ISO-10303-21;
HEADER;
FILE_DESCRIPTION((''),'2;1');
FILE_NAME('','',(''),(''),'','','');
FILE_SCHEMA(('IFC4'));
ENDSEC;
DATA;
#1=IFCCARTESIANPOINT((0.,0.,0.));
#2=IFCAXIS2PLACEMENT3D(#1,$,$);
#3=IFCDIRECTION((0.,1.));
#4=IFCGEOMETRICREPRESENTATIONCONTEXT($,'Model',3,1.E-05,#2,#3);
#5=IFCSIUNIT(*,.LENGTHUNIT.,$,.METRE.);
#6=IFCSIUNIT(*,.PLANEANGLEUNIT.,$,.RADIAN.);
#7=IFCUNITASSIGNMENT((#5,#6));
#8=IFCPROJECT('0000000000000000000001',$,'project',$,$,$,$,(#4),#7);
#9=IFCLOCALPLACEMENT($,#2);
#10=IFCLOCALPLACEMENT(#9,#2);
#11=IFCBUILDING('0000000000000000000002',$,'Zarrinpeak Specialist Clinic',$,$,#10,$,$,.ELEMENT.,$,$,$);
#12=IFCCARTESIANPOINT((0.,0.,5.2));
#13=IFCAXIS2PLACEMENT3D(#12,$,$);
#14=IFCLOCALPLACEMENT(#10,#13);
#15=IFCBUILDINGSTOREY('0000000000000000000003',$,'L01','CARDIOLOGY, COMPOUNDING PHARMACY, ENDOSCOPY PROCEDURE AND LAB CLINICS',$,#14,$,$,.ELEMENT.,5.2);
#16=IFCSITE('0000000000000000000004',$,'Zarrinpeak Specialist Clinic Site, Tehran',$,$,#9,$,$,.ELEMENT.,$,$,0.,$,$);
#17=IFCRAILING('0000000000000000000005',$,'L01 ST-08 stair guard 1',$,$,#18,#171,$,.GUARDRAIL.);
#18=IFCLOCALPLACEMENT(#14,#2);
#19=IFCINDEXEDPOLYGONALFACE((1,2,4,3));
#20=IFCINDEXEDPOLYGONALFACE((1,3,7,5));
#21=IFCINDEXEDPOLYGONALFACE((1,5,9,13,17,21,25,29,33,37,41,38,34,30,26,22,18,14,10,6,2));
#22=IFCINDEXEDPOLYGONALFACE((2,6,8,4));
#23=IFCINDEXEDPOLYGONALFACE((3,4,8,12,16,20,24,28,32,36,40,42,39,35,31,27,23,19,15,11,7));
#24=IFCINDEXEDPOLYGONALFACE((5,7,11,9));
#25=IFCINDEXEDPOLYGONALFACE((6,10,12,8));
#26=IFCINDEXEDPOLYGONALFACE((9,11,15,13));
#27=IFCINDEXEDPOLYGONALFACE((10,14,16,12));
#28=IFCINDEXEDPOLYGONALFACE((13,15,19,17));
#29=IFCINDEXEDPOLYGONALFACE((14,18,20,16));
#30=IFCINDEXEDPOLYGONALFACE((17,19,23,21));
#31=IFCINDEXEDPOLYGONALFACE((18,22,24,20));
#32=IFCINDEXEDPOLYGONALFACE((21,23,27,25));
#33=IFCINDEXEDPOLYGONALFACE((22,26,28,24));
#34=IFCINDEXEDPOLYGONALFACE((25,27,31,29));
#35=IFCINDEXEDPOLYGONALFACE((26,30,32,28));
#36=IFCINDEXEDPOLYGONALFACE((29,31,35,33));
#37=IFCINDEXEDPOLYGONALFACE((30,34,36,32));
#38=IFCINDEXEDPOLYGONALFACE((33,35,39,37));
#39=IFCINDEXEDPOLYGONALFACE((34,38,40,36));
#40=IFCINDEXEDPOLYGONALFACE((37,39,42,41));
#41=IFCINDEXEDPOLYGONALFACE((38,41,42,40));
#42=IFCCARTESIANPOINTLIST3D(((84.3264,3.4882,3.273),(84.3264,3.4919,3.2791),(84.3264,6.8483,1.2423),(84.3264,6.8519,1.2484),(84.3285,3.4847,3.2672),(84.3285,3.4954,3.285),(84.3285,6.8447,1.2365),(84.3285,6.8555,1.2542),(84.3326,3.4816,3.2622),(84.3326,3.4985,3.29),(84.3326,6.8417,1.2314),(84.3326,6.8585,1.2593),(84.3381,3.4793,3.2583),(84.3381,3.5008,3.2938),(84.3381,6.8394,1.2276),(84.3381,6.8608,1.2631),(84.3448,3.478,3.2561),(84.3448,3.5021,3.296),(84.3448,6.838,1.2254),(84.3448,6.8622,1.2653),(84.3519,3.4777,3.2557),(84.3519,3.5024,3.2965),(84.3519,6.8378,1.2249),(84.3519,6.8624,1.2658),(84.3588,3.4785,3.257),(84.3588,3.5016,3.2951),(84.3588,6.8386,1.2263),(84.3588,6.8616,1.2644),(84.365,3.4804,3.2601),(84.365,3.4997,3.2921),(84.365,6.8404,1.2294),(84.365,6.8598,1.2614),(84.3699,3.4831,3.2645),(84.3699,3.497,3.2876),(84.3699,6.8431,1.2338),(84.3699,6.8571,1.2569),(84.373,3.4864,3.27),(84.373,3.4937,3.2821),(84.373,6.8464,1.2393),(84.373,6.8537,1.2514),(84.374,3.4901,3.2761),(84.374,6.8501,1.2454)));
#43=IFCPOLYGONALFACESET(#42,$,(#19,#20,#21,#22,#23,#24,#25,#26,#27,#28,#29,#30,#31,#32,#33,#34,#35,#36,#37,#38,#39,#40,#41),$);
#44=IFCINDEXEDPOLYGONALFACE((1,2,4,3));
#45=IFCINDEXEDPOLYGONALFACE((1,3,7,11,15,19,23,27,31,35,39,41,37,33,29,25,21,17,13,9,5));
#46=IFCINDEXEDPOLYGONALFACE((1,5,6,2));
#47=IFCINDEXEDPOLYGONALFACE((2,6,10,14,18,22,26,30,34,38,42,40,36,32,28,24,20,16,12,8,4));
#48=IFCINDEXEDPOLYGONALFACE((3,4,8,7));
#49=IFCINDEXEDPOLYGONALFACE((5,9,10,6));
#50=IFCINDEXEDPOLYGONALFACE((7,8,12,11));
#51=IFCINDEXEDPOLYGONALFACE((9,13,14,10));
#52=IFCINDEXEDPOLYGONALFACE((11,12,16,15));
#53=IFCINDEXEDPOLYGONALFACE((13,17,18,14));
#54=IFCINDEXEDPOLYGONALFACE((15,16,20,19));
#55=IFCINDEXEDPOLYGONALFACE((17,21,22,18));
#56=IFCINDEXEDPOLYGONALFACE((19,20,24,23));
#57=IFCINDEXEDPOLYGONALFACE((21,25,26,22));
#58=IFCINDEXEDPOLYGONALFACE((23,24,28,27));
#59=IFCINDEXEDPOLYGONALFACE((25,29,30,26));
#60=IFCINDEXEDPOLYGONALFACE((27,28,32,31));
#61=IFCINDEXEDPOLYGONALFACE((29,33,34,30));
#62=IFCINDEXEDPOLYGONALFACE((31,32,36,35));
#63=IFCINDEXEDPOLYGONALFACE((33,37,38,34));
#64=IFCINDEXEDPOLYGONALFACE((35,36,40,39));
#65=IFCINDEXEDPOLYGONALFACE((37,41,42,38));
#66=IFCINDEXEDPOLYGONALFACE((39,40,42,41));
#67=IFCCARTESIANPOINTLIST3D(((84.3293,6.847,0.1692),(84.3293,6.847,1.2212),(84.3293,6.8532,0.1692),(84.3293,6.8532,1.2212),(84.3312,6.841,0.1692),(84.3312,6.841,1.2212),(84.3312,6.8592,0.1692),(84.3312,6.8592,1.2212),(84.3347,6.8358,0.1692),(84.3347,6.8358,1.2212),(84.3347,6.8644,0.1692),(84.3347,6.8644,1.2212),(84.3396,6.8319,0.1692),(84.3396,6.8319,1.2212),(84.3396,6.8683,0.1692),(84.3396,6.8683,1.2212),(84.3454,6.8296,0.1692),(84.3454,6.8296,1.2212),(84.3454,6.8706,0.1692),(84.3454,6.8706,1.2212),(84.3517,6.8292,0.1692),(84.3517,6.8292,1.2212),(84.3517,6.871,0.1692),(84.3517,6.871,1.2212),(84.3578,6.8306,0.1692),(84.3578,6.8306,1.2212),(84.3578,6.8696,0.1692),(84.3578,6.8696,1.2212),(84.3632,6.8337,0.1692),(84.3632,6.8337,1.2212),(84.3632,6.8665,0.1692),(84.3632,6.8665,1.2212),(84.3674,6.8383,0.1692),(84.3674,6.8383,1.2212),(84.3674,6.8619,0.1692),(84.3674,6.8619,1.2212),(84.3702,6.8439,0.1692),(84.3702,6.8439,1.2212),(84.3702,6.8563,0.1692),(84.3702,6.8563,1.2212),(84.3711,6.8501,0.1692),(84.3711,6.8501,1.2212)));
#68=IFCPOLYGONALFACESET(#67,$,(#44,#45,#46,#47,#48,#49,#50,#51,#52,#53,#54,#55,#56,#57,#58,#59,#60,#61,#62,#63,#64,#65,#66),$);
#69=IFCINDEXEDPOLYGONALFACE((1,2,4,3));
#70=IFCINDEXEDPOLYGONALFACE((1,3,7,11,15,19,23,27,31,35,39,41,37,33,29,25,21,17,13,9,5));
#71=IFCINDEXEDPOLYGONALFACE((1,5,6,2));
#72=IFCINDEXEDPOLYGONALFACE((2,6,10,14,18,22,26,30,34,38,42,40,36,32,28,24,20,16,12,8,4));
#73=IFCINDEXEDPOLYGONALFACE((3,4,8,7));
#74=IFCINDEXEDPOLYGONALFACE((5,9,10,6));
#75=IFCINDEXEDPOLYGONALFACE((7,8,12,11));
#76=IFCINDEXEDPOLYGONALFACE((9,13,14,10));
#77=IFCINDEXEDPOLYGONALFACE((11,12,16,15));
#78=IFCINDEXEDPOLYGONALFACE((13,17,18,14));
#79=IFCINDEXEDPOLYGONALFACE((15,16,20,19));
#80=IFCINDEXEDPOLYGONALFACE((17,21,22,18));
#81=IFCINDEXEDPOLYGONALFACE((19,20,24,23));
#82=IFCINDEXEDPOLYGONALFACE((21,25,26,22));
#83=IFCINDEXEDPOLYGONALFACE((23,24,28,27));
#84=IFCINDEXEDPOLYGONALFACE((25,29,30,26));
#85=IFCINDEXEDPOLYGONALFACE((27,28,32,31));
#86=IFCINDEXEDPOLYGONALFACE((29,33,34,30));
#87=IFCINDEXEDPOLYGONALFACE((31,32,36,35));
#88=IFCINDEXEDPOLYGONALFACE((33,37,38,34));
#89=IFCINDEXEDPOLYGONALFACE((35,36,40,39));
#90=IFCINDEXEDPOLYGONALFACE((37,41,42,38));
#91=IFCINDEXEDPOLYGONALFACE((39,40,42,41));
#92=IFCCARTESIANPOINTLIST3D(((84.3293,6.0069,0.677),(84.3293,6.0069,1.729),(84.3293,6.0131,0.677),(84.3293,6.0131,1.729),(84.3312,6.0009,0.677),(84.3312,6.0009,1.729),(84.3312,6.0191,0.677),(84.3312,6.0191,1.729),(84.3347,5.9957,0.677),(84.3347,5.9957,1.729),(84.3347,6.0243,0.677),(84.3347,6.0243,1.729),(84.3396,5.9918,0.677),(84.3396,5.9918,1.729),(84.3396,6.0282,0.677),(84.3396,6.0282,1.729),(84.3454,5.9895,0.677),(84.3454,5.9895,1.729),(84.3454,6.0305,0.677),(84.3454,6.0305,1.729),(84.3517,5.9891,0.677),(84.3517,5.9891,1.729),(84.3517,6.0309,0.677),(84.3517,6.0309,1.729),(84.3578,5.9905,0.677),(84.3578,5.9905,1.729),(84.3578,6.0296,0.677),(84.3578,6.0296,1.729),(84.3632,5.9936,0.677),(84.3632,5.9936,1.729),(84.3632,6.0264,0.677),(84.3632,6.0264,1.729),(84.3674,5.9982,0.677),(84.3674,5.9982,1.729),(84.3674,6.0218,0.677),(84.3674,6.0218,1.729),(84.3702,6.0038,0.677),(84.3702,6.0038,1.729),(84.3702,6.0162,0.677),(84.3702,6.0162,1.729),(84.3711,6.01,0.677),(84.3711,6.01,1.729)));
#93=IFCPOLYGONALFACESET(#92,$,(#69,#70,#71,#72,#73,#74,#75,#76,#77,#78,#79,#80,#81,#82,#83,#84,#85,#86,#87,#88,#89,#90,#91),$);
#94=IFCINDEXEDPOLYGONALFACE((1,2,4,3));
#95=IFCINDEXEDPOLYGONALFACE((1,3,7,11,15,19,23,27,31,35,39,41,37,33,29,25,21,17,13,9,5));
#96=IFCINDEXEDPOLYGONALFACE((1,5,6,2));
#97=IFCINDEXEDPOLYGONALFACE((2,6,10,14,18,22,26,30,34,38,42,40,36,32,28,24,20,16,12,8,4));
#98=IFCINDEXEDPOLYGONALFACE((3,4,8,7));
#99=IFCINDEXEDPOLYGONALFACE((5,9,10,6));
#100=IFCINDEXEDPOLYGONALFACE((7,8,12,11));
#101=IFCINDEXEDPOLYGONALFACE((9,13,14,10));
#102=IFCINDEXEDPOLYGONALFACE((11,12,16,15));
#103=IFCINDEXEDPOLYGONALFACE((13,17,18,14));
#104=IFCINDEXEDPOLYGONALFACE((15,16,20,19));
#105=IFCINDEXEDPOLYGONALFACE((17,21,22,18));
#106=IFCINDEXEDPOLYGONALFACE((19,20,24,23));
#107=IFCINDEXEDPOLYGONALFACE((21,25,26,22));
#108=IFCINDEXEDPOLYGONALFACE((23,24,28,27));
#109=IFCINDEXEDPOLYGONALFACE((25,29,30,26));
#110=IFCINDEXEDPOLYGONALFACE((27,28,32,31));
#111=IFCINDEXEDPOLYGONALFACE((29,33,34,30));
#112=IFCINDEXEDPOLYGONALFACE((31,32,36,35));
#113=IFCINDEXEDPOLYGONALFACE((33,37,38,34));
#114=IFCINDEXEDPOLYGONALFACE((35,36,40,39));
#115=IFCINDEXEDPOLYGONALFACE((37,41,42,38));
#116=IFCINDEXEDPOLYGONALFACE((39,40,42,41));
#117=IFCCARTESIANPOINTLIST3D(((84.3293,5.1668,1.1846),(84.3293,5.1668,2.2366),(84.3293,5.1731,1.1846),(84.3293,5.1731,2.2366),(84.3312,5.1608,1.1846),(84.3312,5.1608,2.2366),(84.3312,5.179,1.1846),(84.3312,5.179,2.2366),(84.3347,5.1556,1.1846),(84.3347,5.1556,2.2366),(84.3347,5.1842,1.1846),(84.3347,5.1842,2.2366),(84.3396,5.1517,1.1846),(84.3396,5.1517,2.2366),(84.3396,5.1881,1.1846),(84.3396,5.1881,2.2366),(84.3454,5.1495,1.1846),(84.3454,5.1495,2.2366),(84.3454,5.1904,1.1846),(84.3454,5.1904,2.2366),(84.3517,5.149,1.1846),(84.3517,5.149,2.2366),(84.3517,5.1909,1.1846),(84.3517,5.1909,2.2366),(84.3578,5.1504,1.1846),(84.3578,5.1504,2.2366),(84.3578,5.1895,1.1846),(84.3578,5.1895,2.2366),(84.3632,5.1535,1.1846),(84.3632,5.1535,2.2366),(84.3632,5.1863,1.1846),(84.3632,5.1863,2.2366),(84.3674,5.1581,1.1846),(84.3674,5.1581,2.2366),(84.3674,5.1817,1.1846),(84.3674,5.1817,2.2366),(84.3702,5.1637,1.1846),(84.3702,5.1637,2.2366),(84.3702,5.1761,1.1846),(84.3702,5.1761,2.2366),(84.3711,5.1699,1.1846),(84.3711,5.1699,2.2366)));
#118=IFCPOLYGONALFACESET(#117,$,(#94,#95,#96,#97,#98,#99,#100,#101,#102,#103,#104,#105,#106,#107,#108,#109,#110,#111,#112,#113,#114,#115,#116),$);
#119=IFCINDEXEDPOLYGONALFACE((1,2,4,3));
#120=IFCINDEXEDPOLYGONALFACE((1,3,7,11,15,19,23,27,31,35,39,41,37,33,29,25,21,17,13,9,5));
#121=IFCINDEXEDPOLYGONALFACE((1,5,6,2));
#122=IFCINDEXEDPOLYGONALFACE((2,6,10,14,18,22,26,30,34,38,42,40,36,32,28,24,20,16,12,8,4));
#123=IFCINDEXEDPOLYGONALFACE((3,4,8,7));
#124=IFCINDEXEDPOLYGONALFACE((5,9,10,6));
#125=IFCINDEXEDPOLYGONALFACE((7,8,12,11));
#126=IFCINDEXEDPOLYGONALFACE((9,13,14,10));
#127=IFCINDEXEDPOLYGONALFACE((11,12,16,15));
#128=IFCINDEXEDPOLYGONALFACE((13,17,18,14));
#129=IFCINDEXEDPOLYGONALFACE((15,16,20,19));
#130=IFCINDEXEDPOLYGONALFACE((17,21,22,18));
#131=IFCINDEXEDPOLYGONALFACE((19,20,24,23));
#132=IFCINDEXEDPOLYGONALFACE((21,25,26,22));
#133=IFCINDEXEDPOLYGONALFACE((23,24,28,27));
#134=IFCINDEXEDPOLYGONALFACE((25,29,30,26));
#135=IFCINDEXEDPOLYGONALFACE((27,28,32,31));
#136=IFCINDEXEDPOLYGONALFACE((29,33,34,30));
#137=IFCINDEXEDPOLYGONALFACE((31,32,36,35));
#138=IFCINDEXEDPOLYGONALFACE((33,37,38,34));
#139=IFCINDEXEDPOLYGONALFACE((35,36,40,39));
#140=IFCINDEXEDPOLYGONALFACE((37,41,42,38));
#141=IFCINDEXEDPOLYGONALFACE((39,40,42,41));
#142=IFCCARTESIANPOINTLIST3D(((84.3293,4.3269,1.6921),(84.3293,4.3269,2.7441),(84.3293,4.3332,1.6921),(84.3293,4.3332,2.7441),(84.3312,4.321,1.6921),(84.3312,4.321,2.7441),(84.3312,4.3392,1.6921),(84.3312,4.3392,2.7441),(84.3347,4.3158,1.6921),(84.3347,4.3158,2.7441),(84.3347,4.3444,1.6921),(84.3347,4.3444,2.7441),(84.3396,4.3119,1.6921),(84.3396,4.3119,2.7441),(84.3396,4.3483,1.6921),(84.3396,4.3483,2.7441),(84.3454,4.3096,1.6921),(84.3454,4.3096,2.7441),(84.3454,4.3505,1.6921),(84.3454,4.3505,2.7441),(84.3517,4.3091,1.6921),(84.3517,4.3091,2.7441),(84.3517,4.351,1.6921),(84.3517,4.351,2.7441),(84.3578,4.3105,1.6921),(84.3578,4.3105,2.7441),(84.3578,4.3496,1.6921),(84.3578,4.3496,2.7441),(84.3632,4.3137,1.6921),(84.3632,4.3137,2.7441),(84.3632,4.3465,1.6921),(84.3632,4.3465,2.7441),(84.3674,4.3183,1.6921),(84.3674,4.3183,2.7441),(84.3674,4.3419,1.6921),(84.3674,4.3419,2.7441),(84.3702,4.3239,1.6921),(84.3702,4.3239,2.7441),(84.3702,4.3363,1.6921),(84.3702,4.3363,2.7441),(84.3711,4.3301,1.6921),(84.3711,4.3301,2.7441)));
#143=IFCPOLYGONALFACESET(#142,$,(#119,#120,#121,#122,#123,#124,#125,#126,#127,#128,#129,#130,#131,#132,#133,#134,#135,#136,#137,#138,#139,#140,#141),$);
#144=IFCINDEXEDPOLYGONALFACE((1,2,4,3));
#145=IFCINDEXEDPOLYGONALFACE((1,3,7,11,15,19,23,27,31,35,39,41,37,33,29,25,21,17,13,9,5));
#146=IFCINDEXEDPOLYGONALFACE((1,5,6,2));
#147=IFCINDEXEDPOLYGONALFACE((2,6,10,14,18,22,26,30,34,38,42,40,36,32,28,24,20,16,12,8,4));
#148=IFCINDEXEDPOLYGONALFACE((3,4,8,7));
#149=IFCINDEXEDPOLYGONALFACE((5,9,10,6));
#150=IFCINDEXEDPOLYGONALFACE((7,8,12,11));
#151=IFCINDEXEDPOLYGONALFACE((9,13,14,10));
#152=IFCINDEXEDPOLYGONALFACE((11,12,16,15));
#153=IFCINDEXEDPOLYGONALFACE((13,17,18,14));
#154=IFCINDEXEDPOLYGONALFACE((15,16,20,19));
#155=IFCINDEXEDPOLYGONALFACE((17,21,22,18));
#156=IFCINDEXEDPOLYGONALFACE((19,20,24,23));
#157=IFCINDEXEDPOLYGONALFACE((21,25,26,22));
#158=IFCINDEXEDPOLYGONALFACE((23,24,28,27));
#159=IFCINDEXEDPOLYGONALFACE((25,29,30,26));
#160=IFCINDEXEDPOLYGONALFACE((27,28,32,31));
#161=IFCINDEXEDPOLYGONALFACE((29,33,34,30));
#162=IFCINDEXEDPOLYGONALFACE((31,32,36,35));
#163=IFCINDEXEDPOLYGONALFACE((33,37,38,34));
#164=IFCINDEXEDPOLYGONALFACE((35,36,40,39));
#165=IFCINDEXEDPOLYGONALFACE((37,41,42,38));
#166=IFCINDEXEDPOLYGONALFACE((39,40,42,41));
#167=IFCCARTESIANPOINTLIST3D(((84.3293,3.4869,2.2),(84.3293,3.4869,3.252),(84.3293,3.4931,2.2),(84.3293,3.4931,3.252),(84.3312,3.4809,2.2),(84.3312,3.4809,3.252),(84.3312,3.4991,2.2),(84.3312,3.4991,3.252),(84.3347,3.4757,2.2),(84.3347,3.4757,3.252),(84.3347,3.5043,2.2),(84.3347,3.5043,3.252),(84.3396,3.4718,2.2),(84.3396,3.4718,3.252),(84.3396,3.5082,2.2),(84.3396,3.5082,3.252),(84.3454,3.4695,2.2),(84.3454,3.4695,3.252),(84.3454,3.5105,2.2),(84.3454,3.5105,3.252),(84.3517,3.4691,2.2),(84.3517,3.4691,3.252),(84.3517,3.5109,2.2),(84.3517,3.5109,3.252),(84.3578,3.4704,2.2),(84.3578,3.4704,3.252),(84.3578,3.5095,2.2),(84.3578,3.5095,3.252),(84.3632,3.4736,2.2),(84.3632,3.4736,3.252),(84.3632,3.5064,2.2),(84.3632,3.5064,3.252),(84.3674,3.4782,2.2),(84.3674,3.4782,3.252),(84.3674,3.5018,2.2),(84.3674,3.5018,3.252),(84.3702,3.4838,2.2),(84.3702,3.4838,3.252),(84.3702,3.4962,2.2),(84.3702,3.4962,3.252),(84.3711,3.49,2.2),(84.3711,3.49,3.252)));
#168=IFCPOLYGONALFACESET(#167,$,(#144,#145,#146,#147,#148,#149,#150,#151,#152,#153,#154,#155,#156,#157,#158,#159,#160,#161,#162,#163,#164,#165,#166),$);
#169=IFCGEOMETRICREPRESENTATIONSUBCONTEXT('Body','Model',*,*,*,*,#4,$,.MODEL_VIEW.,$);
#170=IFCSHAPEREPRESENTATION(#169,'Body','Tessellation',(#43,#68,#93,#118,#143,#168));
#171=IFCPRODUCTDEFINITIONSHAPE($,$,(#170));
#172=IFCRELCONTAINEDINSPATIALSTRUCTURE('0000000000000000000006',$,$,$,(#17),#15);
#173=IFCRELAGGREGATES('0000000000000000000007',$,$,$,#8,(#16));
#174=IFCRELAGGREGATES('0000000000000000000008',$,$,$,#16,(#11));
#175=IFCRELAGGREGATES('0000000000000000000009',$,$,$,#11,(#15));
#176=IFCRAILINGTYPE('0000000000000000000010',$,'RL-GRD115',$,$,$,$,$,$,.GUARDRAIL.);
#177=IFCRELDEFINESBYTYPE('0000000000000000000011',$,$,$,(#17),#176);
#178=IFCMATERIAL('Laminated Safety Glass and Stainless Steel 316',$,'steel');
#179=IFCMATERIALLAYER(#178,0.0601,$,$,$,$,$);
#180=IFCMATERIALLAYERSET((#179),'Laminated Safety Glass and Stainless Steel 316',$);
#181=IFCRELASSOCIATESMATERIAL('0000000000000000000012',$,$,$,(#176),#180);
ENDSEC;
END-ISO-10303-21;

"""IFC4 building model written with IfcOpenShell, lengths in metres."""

from ifc_helpers import new_model, si_unit, direction, frame, origin, origin_2d, place, context, subcontext, project, spatial, circle, extrude, material, layer, layer_set, type_object, element, save


model = new_model("IFC4")

# Units and contexts
model_context = context("Model", 3, precision=1e-05, world=origin(), true_north=direction((0.0, 1.0)))
body_context = subcontext(model_context, "Body", "Model", "MODEL_VIEW")
ifc_project = project(units=[si_unit("LENGTHUNIT", "METRE"), si_unit("PLANEANGLEUNIT", "RADIAN")], contexts=[model_context])

# Site, building, storey
site_placement = place(None, origin())
site = spatial("IfcSite", under=ifc_project, at=site_placement, Name="Zarrinpeak Specialist Clinic Site, Tehran", CompositionType="ELEMENT", RefElevation=0.0)
building_placement = place(site_placement, origin())
building = spatial("IfcBuilding", under=site, at=building_placement, Name="Zarrinpeak Specialist Clinic", CompositionType="ELEMENT")
storey_placement = place(building_placement, frame((0.0, 0.0, 5.2)))
storey = spatial("IfcBuildingStorey", under=building, at=storey_placement, Name="L01", Description="CARDIOLOGY, COMPOUNDING PHARMACY, ENDOSCOPY PROCEDURE AND LAB CLINICS", CompositionType="ELEMENT", Elevation=5.2)

# Railing
ifc_material_1 = material(Name="Laminated Safety Glass and Stainless Steel 316", Category="steel")
ifc_layer_1 = layer(ifc_material_1, 0.0601)
ifc_layer_set_1 = layer_set([ifc_layer_1], Name="Laminated Safety Glass and Stainless Steel 316")
railing_type_1 = type_object("IfcRailingType", Name="RL-GRD115", PredefinedType="GUARDRAIL", material=ifc_layer_set_1)
railing_1_placement = place(storey_placement, frame((84.3501, 6.8501, 0.1692)))
element("IfcRailing", 1, at=railing_1_placement, inside=storey, type_object=railing_type_1, Name="L01 ST-08 stair guard 1", PredefinedType="GUARDRAIL", context=body_context, shape_type="SweptSolid", body=[
    extrude(circle(Radius=0.0239, at=origin_2d()), frame((0.0, 0.0, 1.0762), z_axis=(0.0, -0.855837, 0.517246), x_axis=(1.0, 0.0, 0.0)), (0.0, 0.0, 1.0), 3.926),
    extrude(circle(Radius=0.021, at=origin_2d()), origin(), (0.0, 0.0, 1.0), 1.052),
    extrude(circle(Radius=0.021, at=origin_2d()), frame((0.0, -0.8401, 0.5078)), (0.0, 0.0, 1.0), 1.052),
    extrude(circle(Radius=0.021, at=origin_2d()), frame((0.0, -1.6802, 1.0154)), (0.0, 0.0, 1.0), 1.052),
    extrude(circle(Radius=0.021, at=origin_2d()), frame((0.0, -2.52, 1.5229)), (0.0, 0.0, 1.0), 1.052),
    extrude(circle(Radius=0.021, at=origin_2d()), frame((0.0, -3.3601, 2.0308)), (0.0, 0.0, 1.0), 1.052),
])

save(model, "model.ifc")
